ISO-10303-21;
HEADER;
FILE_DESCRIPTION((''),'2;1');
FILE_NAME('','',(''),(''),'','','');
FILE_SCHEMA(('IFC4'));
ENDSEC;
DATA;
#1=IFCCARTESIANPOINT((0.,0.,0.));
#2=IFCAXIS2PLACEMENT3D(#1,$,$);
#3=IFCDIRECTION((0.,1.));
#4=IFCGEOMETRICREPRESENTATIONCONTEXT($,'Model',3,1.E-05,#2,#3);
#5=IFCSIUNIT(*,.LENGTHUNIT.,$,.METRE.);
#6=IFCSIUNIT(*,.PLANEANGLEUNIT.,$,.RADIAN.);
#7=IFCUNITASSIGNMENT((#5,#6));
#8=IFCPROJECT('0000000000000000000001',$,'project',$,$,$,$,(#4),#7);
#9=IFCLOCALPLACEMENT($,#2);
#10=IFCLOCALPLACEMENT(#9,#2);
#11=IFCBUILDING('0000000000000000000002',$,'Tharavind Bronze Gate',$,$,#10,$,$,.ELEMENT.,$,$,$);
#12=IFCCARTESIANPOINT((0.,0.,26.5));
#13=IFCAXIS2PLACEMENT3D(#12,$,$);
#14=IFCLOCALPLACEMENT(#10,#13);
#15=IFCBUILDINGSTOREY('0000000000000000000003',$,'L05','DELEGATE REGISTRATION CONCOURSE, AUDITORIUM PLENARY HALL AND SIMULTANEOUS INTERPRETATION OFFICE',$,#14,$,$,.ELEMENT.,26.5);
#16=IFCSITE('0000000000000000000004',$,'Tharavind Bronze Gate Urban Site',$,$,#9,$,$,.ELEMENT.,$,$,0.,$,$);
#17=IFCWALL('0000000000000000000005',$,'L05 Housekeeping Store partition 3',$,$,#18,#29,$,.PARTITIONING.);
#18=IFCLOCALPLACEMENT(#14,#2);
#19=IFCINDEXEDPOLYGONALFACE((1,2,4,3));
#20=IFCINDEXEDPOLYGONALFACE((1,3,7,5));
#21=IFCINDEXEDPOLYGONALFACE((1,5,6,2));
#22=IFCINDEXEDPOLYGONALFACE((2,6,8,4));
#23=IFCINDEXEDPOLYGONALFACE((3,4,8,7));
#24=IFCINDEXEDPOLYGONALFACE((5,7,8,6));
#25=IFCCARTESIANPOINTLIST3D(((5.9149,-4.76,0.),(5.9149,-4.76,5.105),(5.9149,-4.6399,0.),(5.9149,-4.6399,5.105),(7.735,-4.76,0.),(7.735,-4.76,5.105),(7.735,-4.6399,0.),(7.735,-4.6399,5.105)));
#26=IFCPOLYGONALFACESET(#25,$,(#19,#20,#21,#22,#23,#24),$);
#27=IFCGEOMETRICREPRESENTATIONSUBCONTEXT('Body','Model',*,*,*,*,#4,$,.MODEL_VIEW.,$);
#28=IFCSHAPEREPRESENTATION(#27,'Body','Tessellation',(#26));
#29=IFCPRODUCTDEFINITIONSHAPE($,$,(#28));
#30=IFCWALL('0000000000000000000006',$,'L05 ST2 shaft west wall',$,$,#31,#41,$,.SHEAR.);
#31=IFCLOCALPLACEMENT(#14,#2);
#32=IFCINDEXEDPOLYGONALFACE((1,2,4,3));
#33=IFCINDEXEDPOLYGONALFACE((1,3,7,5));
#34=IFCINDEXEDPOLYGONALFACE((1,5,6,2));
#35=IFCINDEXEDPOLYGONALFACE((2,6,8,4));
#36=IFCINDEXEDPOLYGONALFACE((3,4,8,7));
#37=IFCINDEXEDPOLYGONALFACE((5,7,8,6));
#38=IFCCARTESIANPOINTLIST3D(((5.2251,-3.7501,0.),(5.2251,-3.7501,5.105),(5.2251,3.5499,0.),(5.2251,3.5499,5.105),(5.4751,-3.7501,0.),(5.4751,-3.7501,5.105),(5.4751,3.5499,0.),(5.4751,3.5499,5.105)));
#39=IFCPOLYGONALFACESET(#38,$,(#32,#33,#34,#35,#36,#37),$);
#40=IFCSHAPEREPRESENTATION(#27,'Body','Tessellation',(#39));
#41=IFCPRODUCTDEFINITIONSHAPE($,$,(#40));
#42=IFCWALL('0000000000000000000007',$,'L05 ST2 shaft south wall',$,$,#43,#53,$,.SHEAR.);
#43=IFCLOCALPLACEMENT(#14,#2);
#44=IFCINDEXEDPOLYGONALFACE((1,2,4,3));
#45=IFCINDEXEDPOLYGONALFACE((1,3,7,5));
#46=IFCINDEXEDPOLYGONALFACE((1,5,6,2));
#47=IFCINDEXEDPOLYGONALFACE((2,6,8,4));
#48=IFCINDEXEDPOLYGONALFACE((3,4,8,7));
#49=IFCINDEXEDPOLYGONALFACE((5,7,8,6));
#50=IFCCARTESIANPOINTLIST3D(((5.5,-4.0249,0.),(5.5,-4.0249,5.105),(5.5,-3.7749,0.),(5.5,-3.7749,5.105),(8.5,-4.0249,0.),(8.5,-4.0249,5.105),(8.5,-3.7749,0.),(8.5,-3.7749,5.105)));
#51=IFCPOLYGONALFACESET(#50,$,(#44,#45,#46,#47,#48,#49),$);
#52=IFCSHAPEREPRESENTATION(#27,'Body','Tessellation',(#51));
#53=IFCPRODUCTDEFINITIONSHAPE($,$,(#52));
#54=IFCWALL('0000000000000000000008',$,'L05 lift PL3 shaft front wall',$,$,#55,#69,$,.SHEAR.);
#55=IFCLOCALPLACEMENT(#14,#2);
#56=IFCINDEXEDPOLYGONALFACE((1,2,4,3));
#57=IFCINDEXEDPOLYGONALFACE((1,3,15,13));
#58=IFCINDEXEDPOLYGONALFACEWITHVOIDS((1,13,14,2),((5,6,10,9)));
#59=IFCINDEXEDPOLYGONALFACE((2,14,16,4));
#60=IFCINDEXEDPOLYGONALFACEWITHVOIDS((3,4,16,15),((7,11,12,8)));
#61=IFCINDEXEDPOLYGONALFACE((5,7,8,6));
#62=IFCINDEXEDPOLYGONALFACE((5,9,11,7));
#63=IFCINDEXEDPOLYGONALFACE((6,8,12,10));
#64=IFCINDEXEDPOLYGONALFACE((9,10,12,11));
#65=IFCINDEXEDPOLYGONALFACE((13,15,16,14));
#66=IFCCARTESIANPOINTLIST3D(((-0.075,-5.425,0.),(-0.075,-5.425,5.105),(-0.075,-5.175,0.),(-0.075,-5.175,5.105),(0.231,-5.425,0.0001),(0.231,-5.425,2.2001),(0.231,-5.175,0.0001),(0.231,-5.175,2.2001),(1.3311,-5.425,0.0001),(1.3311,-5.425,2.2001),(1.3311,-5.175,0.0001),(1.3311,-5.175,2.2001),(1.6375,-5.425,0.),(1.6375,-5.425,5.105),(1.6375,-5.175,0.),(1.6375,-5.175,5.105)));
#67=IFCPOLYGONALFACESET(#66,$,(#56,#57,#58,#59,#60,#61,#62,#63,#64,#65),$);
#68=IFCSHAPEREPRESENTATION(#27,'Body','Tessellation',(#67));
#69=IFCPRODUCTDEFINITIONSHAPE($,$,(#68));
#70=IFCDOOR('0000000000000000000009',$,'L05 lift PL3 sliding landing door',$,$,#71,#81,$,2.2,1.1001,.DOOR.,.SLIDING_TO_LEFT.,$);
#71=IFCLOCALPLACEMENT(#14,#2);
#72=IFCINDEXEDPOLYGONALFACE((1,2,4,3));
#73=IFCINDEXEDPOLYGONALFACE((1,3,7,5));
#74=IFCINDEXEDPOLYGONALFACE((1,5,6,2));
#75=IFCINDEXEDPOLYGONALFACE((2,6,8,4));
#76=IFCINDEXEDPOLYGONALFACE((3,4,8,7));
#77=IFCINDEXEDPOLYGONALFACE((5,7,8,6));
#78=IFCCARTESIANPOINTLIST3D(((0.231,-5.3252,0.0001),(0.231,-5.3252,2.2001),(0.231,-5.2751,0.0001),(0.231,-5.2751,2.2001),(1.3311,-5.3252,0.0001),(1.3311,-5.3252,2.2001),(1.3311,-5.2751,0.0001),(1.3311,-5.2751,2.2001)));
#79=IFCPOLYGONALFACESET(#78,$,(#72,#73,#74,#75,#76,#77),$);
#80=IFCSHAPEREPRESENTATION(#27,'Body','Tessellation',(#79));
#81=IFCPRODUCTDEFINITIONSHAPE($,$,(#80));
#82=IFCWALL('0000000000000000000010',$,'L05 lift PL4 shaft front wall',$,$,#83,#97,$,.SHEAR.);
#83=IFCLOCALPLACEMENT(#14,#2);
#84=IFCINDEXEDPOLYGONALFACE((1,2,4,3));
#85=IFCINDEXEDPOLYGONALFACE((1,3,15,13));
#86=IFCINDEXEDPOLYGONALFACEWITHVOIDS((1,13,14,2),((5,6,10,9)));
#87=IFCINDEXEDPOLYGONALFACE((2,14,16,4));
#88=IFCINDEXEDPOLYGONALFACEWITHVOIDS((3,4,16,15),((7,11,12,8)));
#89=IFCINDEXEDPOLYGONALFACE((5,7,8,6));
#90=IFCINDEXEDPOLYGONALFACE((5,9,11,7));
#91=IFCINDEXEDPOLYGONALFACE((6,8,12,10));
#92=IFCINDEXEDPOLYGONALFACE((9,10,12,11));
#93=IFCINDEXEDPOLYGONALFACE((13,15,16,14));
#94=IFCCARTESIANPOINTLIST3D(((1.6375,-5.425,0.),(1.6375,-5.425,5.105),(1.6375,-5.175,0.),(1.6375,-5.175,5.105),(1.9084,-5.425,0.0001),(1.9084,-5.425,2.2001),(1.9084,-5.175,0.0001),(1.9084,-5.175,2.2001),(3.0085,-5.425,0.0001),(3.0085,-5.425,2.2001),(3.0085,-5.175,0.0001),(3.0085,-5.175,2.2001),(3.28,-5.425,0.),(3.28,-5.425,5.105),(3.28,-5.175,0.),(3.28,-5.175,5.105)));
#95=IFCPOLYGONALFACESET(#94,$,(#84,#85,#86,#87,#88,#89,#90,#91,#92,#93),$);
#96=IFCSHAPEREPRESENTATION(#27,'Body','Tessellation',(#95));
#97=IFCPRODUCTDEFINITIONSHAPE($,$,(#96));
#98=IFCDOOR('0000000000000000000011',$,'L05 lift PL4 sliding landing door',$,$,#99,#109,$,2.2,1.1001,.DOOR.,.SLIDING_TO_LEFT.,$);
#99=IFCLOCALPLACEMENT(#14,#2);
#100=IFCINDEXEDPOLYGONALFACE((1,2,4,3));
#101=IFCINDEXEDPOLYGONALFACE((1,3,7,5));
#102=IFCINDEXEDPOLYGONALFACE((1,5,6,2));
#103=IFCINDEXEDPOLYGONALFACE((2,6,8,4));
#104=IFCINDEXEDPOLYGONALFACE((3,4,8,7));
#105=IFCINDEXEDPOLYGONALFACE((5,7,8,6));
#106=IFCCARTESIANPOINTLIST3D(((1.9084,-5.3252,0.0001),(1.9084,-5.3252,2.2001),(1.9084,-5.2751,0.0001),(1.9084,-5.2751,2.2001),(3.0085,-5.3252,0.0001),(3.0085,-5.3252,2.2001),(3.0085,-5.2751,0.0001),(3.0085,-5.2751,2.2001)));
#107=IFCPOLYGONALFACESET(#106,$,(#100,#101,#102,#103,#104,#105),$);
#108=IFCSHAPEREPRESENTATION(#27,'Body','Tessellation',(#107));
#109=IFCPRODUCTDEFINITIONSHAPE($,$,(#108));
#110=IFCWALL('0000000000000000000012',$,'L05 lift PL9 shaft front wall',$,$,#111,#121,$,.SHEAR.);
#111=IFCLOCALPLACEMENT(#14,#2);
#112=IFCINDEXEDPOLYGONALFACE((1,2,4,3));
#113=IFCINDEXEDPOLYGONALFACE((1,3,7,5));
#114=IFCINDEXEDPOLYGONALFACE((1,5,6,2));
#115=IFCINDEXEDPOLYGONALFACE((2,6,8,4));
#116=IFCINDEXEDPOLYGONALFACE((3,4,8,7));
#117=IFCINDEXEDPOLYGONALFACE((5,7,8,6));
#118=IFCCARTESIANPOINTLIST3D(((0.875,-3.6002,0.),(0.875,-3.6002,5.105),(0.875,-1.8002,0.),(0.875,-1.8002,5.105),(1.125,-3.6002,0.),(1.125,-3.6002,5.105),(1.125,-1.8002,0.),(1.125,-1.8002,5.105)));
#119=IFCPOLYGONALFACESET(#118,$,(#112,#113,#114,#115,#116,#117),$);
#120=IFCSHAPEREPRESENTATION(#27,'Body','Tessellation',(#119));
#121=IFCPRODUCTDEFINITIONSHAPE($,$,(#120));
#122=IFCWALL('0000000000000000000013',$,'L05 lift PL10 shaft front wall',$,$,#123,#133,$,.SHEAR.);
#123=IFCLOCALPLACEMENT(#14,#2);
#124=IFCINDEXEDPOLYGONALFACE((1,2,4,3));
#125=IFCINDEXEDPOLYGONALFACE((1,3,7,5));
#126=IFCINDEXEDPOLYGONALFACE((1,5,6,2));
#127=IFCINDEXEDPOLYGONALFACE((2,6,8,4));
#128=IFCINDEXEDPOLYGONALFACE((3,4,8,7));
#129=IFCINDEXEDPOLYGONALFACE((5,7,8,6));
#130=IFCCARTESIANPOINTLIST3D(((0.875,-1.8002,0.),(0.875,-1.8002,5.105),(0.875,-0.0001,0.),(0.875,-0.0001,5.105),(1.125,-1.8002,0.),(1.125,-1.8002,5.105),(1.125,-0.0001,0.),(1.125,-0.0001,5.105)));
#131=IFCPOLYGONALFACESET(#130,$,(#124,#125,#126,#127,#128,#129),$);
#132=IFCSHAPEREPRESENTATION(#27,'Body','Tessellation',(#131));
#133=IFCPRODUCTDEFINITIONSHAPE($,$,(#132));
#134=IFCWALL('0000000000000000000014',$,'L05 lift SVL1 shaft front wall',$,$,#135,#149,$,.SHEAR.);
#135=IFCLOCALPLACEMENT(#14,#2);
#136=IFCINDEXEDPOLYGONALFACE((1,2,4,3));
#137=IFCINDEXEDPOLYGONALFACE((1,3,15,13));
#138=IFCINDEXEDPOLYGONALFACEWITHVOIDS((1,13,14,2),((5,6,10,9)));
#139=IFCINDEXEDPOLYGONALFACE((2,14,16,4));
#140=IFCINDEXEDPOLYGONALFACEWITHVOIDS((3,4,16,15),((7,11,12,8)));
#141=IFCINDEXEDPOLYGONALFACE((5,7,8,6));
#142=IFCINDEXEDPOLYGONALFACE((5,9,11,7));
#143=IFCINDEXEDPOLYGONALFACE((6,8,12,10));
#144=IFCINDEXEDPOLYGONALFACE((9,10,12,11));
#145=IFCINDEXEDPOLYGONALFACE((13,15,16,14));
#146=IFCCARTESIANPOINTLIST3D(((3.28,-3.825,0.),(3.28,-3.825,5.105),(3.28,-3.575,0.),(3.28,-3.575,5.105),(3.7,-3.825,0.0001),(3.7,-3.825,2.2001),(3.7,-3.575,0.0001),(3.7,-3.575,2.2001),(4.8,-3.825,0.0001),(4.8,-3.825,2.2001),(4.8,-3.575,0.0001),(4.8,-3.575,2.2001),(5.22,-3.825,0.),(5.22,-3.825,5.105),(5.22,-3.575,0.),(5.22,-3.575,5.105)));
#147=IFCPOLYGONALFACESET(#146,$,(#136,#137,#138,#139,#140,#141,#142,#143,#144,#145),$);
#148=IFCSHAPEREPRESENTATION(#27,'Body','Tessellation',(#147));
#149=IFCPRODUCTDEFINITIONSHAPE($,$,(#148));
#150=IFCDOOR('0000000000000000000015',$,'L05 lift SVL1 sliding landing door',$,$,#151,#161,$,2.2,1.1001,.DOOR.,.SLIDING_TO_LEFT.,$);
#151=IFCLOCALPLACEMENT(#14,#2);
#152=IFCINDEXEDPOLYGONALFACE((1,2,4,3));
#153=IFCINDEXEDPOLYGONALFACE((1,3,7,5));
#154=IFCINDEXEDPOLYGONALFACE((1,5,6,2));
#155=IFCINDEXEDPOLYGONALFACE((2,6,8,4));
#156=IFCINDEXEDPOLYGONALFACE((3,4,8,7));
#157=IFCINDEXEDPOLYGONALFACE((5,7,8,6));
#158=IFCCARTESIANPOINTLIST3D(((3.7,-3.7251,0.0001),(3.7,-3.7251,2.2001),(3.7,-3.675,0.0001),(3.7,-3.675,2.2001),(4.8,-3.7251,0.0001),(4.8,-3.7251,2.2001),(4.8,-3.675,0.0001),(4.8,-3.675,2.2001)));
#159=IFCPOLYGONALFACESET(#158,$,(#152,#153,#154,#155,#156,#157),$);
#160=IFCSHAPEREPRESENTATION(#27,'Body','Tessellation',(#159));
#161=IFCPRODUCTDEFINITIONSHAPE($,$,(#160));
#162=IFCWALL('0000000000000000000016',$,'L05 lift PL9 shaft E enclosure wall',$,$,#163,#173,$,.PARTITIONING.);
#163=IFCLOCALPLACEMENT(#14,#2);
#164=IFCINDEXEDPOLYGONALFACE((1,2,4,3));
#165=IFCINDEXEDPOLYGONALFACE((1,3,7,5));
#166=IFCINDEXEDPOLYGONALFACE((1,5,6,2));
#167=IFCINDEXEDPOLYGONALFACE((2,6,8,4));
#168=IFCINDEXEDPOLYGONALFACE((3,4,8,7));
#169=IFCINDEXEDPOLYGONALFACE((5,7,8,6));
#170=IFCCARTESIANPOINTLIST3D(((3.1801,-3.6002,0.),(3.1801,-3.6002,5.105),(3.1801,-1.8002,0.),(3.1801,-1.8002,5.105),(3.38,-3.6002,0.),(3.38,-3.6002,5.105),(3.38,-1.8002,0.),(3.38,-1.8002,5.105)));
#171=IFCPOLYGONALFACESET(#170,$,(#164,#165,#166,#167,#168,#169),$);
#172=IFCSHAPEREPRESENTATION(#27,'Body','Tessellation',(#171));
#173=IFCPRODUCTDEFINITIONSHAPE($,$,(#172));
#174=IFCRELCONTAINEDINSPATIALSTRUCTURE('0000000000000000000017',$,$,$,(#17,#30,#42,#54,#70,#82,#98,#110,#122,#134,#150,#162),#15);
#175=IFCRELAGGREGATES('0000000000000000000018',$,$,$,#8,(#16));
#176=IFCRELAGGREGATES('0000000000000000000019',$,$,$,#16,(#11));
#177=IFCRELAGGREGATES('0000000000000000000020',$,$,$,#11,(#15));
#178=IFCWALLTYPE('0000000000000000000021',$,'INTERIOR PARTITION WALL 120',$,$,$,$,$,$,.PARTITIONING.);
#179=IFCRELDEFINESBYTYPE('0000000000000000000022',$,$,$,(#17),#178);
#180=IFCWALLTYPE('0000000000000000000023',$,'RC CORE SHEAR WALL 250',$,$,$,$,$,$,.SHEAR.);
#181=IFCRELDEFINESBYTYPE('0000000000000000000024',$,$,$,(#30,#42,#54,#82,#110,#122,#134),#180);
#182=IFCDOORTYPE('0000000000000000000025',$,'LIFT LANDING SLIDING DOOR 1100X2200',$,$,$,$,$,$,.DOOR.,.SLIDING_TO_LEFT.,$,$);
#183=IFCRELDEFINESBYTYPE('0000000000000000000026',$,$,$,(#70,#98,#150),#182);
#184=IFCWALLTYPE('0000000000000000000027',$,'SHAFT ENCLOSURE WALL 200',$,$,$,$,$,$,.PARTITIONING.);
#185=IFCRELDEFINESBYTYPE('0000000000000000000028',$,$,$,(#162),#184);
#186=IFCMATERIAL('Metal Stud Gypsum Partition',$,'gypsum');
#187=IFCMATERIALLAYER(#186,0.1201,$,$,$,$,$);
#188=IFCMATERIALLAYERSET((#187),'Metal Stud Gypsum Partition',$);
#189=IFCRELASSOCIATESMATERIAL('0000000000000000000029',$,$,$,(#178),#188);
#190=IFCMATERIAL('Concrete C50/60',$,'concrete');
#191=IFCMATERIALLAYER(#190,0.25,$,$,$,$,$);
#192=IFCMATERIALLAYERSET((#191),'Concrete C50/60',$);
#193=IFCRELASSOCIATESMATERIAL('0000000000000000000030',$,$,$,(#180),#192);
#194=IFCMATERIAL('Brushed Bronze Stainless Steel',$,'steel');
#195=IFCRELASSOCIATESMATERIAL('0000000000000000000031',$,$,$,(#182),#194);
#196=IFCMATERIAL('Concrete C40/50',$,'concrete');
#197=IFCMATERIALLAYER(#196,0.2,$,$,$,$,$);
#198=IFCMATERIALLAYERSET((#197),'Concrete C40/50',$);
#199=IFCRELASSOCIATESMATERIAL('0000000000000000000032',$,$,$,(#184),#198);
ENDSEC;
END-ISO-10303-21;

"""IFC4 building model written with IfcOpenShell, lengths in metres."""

from ifc_helpers import new_model, si_unit, direction, frame, frame_2d, origin, place, context, subcontext, project, spatial, rectangle, extrude, material, layer, layer_set, type_object, element, fill, save


model = new_model("IFC4")

# Units and contexts
model_context = context("Model", 3, precision=1e-05, world=origin(), true_north=direction((0.0, 1.0)))
body_context = subcontext(model_context, "Body", "Model", "MODEL_VIEW")
ifc_project = project(units=[si_unit("LENGTHUNIT", "METRE"), si_unit("PLANEANGLEUNIT", "RADIAN")], contexts=[model_context])

# Site, building, storey
site_placement = place(None, origin())
site = spatial("IfcSite", under=ifc_project, at=site_placement, Name="Tharavind Bronze Gate Urban Site", CompositionType="ELEMENT", RefElevation=0.0)
building_placement = place(site_placement, origin())
building = spatial("IfcBuilding", under=site, at=building_placement, Name="Tharavind Bronze Gate", CompositionType="ELEMENT")
storey_placement = place(building_placement, frame((0.0, 0.0, 26.5)))
storey = spatial("IfcBuildingStorey", under=building, at=storey_placement, Name="L05", Description="DELEGATE REGISTRATION CONCOURSE, AUDITORIUM PLENARY HALL AND SIMULTANEOUS INTERPRETATION OFFICE", CompositionType="ELEMENT", Elevation=26.5)

# Shared definitions
ifc_material_1 = material(Name="Concrete C40/50", Category="concrete")

# Walls
ifc_material_2 = material(Name="Metal Stud Gypsum Partition", Category="gypsum")
ifc_layer_1 = layer(ifc_material_2, 0.1201)
ifc_layer_set_1 = layer_set([ifc_layer_1], Name="Metal Stud Gypsum Partition")
wall_type_1 = type_object("IfcWallType", Name="INTERIOR PARTITION WALL 120", PredefinedType="PARTITIONING", material=ifc_layer_set_1)
wall_1_placement = place(storey_placement, frame((7.7351, -4.7, 0.0), z_axis=(0.0, 0.0, 1.0), x_axis=(-1.0, 0.0, 0.0)))
element("IfcWall", 1, at=wall_1_placement, inside=storey, type_object=wall_type_1, Name="L05 Housekeeping Store partition 3", PredefinedType="PARTITIONING", context=body_context, shape_type="SweptSolid", body=[
    extrude(rectangle(XDim=1.8201, YDim=0.1201, at=frame_2d((0.9102, 0.0))), origin(), (0.0, 0.0, 1.0), 5.105),
])
ifc_material_3 = material(Name="Concrete C50/60", Category="concrete")
ifc_layer_2 = layer(ifc_material_3, 0.25)
ifc_layer_set_2 = layer_set([ifc_layer_2], Name="Concrete C50/60")
wall_type_2 = type_object("IfcWallType", Name="RC CORE SHEAR WALL 250", PredefinedType="SHEAR", material=ifc_layer_set_2)
wall_2_placement = place(storey_placement, frame((5.3501, -3.75, 0.0), z_axis=(0.0, 0.0, 1.0), x_axis=(0.0, 1.0, 0.0)))
element("IfcWall", 2, at=wall_2_placement, inside=storey, type_object=wall_type_2, Name="L05 ST2 shaft west wall", PredefinedType="SHEAR", context=body_context, shape_type="SweptSolid", body=[
    extrude(rectangle(XDim=7.3, YDim=0.25, at=frame_2d((3.6499, 0.0))), origin(), (0.0, 0.0, 1.0), 5.105),
])
wall_3_placement = place(storey_placement, frame((5.5, -3.8999, 0.0), z_axis=(0.0, 0.0, 1.0), x_axis=(1.0, 0.0, 0.0)))
element("IfcWall", 3, at=wall_3_placement, inside=storey, type_object=wall_type_2, Name="L05 ST2 shaft south wall", PredefinedType="SHEAR", context=body_context, shape_type="SweptSolid", body=[
    extrude(rectangle(XDim=3.0, YDim=0.25, at=frame_2d((1.5, 0.0))), origin(), (0.0, 0.0, 1.0), 5.105),
])

# Walls, openings, doors
wall_4_placement = place(storey_placement, frame((-0.075, -5.3, 0.0), z_axis=(0.0, 0.0, 1.0), x_axis=(1.0, 0.0, 0.0)))
wall_4 = element("IfcWall", 4, at=wall_4_placement, inside=storey, type_object=wall_type_2, Name="L05 lift PL3 shaft front wall", PredefinedType="SHEAR", context=body_context, shape_type="SweptSolid", body=[
    extrude(rectangle(XDim=1.7124, YDim=0.25, at=frame_2d((0.8562, 0.0))), origin(), (0.0, 0.0, 1.0), 5.105),
])
opening_1_placement = place(wall_4_placement, frame((0.3059, 0.0, 0.0)))
opening_1 = element("IfcOpeningElement", 5, at=opening_1_placement, cuts=wall_4, PredefinedType="OPENING", context=body_context, shape_type="SweptSolid", body=[
    extrude(rectangle(XDim=1.1001, YDim=2.2, at=frame_2d((0.55, 1.1001))), frame((0.0, 0.135, 0.0), z_axis=(0.0, -1.0, 0.0), x_axis=(1.0, 0.0, 0.0)), (0.0, 0.0, 1.0), 0.27),
])
ifc_material_4 = material(Name="Brushed Bronze Stainless Steel", Category="steel")
door_type = type_object("IfcDoorType", Name="LIFT LANDING SLIDING DOOR 1100X2200", OperationType="SLIDING_TO_LEFT", PredefinedType="DOOR", material=ifc_material_4)
door_1_placement = place(opening_1_placement, origin())
door_1 = element("IfcDoor", 6, at=door_1_placement, inside=storey, type_object=door_type, Name="L05 lift PL3 sliding landing door", OperationType="SLIDING_TO_LEFT", OverallHeight=2.2, OverallWidth=1.1001, PredefinedType="DOOR", context=body_context, shape_type="SweptSolid", body=[
    extrude(rectangle(XDim=1.1001, YDim=2.2, at=frame_2d((0.55, 1.1001))), frame((0.0, 0.0249, 0.0), z_axis=(0.0, -1.0, 0.0), x_axis=(1.0, 0.0, 0.0)), (0.0, 0.0, 1.0), 0.05),
])
fill(opening_1, door_1)
wall_5_placement = place(storey_placement, frame((1.6375, -5.3, 0.0), z_axis=(0.0, 0.0, 1.0), x_axis=(1.0, 0.0, 0.0)))
wall_5 = element("IfcWall", 7, at=wall_5_placement, inside=storey, type_object=wall_type_2, Name="L05 lift PL4 shaft front wall", PredefinedType="SHEAR", context=body_context, shape_type="SweptSolid", body=[
    extrude(rectangle(XDim=1.6426, YDim=0.25, at=frame_2d((0.8213, 0.0))), origin(), (0.0, 0.0, 1.0), 5.105),
])
opening_2_placement = place(wall_5_placement, frame((0.271, 0.0, 0.0)))
opening_2 = element("IfcOpeningElement", 8, at=opening_2_placement, cuts=wall_5, PredefinedType="OPENING", context=body_context, shape_type="SweptSolid", body=[
    extrude(rectangle(XDim=1.1001, YDim=2.2, at=frame_2d((0.55, 1.1001))), frame((0.0, 0.135, 0.0), z_axis=(0.0, -1.0, 0.0), x_axis=(1.0, 0.0, 0.0)), (0.0, 0.0, 1.0), 0.27),
])
door_2_placement = place(opening_2_placement, origin())
door_2 = element("IfcDoor", 9, at=door_2_placement, inside=storey, type_object=door_type, Name="L05 lift PL4 sliding landing door", OperationType="SLIDING_TO_LEFT", OverallHeight=2.2, OverallWidth=1.1001, PredefinedType="DOOR", context=body_context, shape_type="SweptSolid", body=[
    extrude(rectangle(XDim=1.1001, YDim=2.2, at=frame_2d((0.55, 1.1001))), frame((0.0, 0.0249, 0.0), z_axis=(0.0, -1.0, 0.0), x_axis=(1.0, 0.0, 0.0)), (0.0, 0.0, 1.0), 0.05),
])
fill(opening_2, door_2)

# Walls
for number, where, z_axis, x_axis, name in (
    (10, (1.0, -3.6001, 0.0), (0.0, 0.0, 1.0), (0.0, 1.0, 0.0), "L05 lift PL9 shaft front wall"),
    (11, (1.0, -1.8, 0.0), (0.0, 0.0, 1.0), (0.0, 1.0, 0.0), "L05 lift PL10 shaft front wall"),
):
    element("IfcWall", number, at=place(storey_placement, frame(where, z_axis=z_axis, x_axis=x_axis)), inside=storey, type_object=wall_type_2, Name=name, PredefinedType="SHEAR", context=body_context, shape_type="SweptSolid", body=[
        extrude(rectangle(XDim=1.8, YDim=0.25, at=frame_2d((0.8999, 0.0))), origin(), (0.0, 0.0, 1.0), 5.105),
    ])

# Wall, opening, door
wall_6_placement = place(storey_placement, frame((3.28, -3.7, 0.0), z_axis=(0.0, 0.0, 1.0), x_axis=(1.0, 0.0, 0.0)))
wall_6 = element("IfcWall", 12, at=wall_6_placement, inside=storey, type_object=wall_type_2, Name="L05 lift SVL1 shaft front wall", PredefinedType="SHEAR", context=body_context, shape_type="SweptSolid", body=[
    extrude(rectangle(XDim=1.9399, YDim=0.25, at=frame_2d((0.97, 0.0))), origin(), (0.0, 0.0, 1.0), 5.105),
])
opening_3_placement = place(wall_6_placement, frame((0.4199, 0.0, 0.0)))
opening_3 = element("IfcOpeningElement", 13, at=opening_3_placement, cuts=wall_6, PredefinedType="OPENING", context=body_context, shape_type="SweptSolid", body=[
    extrude(rectangle(XDim=1.1001, YDim=2.2, at=frame_2d((0.55, 1.1001))), frame((0.0, 0.135, 0.0), z_axis=(0.0, -1.0, 0.0), x_axis=(1.0, 0.0, 0.0)), (0.0, 0.0, 1.0), 0.27),
])
door_3_placement = place(opening_3_placement, origin())
door_3 = element("IfcDoor", 14, at=door_3_placement, inside=storey, type_object=door_type, Name="L05 lift SVL1 sliding landing door", OperationType="SLIDING_TO_LEFT", OverallHeight=2.2, OverallWidth=1.1001, PredefinedType="DOOR", context=body_context, shape_type="SweptSolid", body=[
    extrude(rectangle(XDim=1.1001, YDim=2.2, at=frame_2d((0.55, 1.1001))), frame((0.0, 0.0249, 0.0), z_axis=(0.0, -1.0, 0.0), x_axis=(1.0, 0.0, 0.0)), (0.0, 0.0, 1.0), 0.05),
])
fill(opening_3, door_3)

# Wall
ifc_layer_3 = layer(ifc_material_1, 0.2)
ifc_layer_set_3 = layer_set([ifc_layer_3], Name="Concrete C40/50")
wall_type_3 = type_object("IfcWallType", Name="SHAFT ENCLOSURE WALL 200", PredefinedType="PARTITIONING", material=ifc_layer_set_3)
wall_7_placement = place(storey_placement, frame((3.28, -3.6001, 0.0), z_axis=(0.0, 0.0, 1.0), x_axis=(0.0, 1.0, 0.0)))
element("IfcWall", 15, at=wall_7_placement, inside=storey, type_object=wall_type_3, Name="L05 lift PL9 shaft E enclosure wall", PredefinedType="PARTITIONING", context=body_context, shape_type="SweptSolid", body=[
    extrude(rectangle(XDim=1.8, YDim=0.2, at=frame_2d((0.8999, 0.0))), origin(), (0.0, 0.0, 1.0), 5.105),
])

save(model, "model.ifc")
